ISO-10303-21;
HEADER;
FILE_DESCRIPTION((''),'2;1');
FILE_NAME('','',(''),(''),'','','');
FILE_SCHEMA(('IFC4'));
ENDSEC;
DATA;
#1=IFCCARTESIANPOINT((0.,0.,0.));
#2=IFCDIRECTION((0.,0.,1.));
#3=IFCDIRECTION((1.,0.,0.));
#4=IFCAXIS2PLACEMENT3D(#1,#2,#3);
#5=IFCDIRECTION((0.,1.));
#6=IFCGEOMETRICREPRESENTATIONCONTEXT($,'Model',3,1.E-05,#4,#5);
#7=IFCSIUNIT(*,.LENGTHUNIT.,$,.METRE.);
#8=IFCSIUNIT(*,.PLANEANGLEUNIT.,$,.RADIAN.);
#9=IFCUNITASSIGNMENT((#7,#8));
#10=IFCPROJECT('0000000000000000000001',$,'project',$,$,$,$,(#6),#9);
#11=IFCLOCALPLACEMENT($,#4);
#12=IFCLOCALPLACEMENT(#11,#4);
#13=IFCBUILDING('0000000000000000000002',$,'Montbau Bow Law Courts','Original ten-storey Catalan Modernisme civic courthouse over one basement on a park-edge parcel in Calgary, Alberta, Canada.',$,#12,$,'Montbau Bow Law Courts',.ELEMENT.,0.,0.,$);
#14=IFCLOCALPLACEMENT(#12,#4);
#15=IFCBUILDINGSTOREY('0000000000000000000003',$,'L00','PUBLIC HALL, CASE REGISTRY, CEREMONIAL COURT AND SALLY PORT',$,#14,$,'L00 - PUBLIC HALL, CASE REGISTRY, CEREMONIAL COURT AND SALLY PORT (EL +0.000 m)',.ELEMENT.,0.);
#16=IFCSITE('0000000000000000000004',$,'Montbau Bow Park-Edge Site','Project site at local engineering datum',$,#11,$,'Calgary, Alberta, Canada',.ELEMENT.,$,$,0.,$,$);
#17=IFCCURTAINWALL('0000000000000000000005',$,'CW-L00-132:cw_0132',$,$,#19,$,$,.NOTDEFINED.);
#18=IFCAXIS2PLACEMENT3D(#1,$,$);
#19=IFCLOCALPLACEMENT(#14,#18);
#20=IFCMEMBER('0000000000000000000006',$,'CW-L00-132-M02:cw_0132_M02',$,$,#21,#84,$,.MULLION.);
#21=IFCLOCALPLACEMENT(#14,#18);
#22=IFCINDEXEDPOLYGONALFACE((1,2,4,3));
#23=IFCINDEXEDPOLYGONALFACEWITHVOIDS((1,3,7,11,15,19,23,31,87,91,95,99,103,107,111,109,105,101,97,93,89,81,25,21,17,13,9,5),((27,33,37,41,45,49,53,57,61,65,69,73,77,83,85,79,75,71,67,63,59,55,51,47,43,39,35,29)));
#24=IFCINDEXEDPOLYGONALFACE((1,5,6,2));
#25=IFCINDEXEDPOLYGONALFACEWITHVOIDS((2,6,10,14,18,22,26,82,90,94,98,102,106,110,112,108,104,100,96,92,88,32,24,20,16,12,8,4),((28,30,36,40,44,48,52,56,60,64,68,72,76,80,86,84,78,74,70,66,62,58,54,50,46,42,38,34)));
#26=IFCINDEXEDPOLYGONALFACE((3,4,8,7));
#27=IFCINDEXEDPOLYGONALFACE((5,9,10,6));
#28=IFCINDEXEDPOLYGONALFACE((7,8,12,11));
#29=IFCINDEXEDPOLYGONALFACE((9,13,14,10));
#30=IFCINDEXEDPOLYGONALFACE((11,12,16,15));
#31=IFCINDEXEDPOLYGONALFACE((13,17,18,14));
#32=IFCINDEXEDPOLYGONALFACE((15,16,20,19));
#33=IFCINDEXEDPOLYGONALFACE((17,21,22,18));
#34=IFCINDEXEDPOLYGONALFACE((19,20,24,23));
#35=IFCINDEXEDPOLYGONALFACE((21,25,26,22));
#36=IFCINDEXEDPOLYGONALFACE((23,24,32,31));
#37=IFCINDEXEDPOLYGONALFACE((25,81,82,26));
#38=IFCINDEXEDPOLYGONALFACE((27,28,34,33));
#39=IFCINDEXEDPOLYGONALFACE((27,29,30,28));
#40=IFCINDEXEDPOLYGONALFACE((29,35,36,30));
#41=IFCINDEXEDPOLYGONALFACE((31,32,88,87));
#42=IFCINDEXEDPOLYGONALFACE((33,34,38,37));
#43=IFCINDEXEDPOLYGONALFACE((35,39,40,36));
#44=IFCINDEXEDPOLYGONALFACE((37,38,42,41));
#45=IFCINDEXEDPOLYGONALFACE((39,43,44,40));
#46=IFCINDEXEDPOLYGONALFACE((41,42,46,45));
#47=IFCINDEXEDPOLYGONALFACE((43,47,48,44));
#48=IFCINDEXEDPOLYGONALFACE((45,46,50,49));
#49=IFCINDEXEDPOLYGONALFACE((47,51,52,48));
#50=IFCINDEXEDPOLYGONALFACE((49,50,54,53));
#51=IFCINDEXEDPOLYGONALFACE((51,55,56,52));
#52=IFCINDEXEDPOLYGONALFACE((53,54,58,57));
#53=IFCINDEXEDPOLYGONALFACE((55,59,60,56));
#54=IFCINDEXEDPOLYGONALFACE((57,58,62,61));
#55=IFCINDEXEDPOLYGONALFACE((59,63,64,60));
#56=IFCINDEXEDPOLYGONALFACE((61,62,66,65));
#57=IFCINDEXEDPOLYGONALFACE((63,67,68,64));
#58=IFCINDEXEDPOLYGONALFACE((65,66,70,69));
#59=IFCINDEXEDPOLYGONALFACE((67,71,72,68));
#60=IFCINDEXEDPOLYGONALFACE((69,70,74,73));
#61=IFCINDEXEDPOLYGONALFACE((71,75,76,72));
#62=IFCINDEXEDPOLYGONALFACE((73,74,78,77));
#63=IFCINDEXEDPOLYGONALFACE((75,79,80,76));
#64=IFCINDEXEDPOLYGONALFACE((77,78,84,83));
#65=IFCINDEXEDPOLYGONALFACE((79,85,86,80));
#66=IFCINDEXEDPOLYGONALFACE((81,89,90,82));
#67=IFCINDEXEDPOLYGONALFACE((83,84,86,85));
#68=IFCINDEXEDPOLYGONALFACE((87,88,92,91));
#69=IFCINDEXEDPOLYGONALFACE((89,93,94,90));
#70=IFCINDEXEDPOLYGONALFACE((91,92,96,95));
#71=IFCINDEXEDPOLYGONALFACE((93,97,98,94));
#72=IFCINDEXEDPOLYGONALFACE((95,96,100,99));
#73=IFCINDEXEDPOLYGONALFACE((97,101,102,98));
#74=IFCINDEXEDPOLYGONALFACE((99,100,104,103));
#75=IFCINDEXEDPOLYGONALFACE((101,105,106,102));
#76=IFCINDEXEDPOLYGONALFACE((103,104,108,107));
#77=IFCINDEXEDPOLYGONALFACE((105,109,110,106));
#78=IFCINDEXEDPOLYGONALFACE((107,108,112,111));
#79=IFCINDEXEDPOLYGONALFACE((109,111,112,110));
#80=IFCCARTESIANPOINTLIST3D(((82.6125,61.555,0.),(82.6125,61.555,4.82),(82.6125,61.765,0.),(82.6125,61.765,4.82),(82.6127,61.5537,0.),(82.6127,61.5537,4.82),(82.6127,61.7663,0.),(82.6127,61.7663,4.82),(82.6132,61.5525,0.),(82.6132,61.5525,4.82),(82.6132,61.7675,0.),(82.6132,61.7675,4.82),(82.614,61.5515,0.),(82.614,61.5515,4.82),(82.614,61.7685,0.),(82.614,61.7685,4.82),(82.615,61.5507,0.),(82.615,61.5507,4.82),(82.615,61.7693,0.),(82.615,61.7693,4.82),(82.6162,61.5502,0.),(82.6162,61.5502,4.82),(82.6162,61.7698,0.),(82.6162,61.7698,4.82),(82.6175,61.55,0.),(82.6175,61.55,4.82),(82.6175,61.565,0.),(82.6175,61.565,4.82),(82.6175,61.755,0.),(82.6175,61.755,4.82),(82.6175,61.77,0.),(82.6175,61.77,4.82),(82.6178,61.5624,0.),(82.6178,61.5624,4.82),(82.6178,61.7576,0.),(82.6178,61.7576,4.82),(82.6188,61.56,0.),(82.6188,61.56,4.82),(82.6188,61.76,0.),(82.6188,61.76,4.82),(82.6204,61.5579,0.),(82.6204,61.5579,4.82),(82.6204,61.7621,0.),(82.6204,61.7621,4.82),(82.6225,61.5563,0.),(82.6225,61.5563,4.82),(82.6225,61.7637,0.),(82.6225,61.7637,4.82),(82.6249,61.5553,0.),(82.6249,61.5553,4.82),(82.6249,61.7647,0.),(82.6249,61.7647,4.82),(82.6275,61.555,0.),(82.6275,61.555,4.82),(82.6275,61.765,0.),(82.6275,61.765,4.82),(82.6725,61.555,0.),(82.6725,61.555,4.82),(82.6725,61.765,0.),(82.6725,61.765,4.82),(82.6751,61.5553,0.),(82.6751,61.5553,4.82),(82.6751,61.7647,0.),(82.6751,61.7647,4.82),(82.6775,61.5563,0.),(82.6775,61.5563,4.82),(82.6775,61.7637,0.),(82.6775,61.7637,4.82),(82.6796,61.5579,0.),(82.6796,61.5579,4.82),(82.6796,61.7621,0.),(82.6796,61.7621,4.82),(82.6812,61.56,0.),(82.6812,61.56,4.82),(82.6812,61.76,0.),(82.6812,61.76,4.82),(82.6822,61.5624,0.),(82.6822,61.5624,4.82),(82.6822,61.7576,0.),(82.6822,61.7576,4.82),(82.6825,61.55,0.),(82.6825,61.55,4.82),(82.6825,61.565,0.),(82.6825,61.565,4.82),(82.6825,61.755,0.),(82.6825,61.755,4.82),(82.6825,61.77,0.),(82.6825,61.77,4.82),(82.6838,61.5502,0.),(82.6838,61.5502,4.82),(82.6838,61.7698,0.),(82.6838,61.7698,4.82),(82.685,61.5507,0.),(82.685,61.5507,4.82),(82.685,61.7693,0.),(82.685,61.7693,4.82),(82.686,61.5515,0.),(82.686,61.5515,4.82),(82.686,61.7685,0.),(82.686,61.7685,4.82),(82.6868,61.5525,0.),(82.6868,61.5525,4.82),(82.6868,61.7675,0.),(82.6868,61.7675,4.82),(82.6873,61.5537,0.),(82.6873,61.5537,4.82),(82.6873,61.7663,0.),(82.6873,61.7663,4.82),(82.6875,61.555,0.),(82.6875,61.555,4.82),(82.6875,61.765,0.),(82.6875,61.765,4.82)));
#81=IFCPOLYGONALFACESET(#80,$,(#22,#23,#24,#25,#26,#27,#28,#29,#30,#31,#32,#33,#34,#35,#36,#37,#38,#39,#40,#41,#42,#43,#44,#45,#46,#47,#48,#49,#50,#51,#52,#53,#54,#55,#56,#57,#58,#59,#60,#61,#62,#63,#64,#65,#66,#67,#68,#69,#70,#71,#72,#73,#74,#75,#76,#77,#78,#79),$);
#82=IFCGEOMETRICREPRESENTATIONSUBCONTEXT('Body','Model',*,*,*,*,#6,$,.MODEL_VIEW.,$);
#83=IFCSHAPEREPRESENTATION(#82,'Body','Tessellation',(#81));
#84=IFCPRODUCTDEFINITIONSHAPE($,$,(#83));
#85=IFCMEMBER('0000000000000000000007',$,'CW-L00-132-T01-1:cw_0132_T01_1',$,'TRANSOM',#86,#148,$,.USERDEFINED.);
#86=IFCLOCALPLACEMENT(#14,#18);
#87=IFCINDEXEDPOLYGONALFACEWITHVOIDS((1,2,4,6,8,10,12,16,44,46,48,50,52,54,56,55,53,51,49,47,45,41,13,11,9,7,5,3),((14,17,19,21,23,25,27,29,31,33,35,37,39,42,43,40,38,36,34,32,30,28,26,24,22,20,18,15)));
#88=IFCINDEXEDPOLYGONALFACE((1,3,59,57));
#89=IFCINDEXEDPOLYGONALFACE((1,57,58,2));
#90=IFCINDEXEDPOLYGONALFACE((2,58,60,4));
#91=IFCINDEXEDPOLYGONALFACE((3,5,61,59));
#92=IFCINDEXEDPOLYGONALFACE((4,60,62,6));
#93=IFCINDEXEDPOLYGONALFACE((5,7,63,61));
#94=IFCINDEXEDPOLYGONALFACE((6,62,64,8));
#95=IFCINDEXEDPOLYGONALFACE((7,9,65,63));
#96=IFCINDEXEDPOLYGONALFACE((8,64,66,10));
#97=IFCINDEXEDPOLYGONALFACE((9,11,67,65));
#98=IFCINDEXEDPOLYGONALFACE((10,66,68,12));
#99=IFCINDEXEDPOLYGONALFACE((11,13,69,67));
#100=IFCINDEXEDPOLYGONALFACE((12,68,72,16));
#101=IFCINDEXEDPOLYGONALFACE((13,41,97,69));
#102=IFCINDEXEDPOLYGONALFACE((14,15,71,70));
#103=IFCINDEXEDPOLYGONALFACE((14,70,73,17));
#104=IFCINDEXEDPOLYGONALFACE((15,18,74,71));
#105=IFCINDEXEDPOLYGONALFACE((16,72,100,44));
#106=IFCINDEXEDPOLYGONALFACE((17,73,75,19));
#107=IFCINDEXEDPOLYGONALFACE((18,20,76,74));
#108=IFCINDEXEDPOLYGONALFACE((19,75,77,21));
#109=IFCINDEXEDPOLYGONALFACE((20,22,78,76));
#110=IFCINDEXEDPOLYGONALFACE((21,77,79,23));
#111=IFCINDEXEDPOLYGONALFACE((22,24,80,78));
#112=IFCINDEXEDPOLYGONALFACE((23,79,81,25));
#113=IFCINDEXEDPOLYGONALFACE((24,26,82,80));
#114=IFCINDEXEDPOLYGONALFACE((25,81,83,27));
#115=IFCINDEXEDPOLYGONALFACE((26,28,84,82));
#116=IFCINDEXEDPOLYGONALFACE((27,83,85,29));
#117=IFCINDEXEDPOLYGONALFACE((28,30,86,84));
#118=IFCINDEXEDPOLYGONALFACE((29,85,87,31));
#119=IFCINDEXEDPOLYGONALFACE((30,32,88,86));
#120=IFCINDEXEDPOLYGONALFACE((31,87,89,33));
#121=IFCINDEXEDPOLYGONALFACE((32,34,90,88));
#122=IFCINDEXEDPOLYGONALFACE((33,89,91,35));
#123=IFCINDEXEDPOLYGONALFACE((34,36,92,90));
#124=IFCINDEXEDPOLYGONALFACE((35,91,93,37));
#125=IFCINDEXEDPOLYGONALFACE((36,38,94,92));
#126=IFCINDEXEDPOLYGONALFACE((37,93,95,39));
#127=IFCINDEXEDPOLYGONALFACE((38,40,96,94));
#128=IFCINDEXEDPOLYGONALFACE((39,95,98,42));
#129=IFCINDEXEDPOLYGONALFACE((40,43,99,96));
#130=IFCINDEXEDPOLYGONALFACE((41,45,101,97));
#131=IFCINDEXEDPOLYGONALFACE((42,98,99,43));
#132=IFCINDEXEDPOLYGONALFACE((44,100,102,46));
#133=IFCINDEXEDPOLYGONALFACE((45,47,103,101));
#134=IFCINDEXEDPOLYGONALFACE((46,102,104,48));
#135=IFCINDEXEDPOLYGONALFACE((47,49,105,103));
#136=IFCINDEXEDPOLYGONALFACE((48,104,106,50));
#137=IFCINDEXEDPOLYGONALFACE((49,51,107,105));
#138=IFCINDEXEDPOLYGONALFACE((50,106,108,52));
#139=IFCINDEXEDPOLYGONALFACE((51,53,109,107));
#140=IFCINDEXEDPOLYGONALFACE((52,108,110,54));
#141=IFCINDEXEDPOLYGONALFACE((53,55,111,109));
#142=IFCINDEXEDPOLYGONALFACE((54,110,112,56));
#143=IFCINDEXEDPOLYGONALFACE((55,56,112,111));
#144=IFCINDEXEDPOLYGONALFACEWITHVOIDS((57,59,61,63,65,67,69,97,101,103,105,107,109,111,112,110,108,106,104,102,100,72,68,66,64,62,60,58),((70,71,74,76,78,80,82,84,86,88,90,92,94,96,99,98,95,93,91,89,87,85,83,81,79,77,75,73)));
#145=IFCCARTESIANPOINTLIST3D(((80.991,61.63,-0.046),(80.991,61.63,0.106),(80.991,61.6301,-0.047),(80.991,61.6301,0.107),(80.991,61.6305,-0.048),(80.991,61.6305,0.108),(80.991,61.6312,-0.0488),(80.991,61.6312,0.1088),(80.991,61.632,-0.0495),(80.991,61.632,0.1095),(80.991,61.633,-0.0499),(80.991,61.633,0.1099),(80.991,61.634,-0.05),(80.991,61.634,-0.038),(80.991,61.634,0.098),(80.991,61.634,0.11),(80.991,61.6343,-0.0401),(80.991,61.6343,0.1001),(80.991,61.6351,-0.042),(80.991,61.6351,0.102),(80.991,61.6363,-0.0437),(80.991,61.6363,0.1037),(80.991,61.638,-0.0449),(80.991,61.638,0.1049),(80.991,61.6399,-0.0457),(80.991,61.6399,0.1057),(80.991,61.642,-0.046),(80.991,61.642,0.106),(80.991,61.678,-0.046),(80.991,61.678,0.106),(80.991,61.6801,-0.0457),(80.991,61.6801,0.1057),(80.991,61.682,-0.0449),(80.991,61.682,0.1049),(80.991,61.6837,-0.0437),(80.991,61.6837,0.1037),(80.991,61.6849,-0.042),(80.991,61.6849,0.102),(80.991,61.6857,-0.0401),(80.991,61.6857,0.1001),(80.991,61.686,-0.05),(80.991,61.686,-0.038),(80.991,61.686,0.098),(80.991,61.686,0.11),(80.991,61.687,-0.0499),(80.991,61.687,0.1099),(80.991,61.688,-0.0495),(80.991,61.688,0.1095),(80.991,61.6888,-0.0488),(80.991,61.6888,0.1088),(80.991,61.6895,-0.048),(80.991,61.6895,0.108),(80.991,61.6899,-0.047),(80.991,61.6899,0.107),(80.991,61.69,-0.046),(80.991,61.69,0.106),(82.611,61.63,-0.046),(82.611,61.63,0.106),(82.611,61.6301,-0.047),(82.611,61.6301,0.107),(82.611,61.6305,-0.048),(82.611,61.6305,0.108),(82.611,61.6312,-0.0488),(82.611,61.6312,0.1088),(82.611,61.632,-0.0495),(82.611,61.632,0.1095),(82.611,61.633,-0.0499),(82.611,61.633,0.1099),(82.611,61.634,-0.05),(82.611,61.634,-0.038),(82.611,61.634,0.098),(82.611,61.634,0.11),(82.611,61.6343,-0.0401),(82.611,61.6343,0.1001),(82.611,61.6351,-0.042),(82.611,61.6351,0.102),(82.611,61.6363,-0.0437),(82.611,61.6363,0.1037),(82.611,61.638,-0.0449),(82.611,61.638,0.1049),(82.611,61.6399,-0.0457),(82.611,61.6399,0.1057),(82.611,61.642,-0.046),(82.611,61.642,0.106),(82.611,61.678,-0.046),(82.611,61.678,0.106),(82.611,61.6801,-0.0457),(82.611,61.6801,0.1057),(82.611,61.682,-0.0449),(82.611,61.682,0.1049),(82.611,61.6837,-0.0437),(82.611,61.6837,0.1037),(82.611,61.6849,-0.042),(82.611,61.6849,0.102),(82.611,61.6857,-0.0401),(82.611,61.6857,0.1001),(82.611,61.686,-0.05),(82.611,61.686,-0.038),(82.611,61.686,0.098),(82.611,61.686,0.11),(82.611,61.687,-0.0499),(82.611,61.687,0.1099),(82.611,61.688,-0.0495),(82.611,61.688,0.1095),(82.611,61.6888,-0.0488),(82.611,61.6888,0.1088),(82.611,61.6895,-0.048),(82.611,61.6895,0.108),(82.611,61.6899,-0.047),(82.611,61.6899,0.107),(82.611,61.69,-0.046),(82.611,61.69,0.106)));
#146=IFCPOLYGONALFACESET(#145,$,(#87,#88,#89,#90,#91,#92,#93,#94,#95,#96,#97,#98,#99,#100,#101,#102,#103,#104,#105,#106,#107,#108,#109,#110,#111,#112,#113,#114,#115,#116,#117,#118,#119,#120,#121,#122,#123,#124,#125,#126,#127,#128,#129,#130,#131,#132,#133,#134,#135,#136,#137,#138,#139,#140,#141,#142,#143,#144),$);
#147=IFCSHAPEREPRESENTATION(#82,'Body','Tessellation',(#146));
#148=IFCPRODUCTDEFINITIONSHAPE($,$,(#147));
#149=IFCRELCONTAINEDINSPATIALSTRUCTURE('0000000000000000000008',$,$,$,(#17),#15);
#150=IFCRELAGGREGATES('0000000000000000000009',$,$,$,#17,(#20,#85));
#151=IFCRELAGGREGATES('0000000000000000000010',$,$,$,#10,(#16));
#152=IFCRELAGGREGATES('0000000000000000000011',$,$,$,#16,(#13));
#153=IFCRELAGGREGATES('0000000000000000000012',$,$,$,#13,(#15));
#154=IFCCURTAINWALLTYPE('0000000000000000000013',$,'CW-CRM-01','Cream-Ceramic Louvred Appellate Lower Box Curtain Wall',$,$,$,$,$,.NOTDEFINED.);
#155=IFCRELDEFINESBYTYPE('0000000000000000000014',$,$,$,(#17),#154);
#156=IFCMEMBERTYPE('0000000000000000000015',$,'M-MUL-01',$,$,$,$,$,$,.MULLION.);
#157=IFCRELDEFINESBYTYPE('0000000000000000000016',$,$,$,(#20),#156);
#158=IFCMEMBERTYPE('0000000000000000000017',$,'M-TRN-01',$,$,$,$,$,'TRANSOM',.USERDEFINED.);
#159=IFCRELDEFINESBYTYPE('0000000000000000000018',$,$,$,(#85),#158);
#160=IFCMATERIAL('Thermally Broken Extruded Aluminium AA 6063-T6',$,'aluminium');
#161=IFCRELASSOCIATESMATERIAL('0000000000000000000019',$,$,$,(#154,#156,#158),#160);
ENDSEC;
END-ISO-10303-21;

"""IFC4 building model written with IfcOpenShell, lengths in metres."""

from ifc_helpers import new_model, si_unit, direction, frame, origin_with_axes, origin_2d_with_axis, place, context, subcontext, project, spatial, hollow_rectangle, extrude, material, material_profile, profile_set, type_object, element, aggregate, save


model = new_model("IFC4")

# Units and contexts
model_context = context("Model", 3, precision=1e-05, world=origin_with_axes(), true_north=direction((0.0, 1.0)))
body_context = subcontext(model_context, "Body", "Model", "MODEL_VIEW")
ifc_project = project(units=[si_unit("LENGTHUNIT", "METRE"), si_unit("PLANEANGLEUNIT", "RADIAN")], contexts=[model_context])

# Site, building, storey
site_placement = place(None, origin_with_axes())
site = spatial("IfcSite", under=ifc_project, at=site_placement, Name="Montbau Bow Park-Edge Site", Description="Project site at local engineering datum", LongName="Calgary, Alberta, Canada", CompositionType="ELEMENT", RefElevation=0.0)
building_placement = place(site_placement, origin_with_axes())
building = spatial("IfcBuilding", under=site, at=building_placement, Name="Montbau Bow Law Courts", Description="Original ten-storey Catalan Modernisme civic courthouse over one basement on a park-edge parcel in Calgary, Alberta, Canada.", LongName="Montbau Bow Law Courts", CompositionType="ELEMENT", ElevationOfRefHeight=0.0, ElevationOfTerrain=0.0)
storey_placement = place(building_placement, origin_with_axes())
storey = spatial("IfcBuildingStorey", under=building, at=storey_placement, Name="L00", Description="PUBLIC HALL, CASE REGISTRY, CEREMONIAL COURT AND SALLY PORT", LongName="L00 - PUBLIC HALL, CASE REGISTRY, CEREMONIAL COURT AND SALLY PORT (EL +0.000 m)", CompositionType="ELEMENT", Elevation=0.0)

# Curtain wall, members
ifc_material_1 = material(Name="Thermally Broken Extruded Aluminium AA 6063-T6", Category="aluminium")
curtain_wall_type = type_object("IfcCurtainWallType", Name="CW-CRM-01", Description="Cream-Ceramic Louvred Appellate Lower Box Curtain Wall", PredefinedType="NOTDEFINED", material=ifc_material_1)
curtain_wall_placement = place(None, frame((80.915, 61.66, 0.0), z_axis=(0.0, 0.0, 1.0), x_axis=(1.0, 0.0, 0.0)))
curtain_wall = element("IfcCurtainWall", 1, at=curtain_wall_placement, inside=storey, type_object=curtain_wall_type, Name="CW-L00-132:cw_0132", PredefinedType="NOTDEFINED")
ifc_material_profile_1 = material_profile(ifc_material_1, hollow_rectangle(XDim=0.075, YDim=0.22, WallThickness=0.005, InnerFilletRadius=0.01, OuterFilletRadius=0.005, at=origin_2d_with_axis()), Name="CWM-220X75", Category="Main", Priority=0)
ifc_profile_set_1 = profile_set([ifc_material_profile_1], Name="Thermally Broken Extruded Aluminium AA 6063-T6")
member_type_1 = type_object("IfcMemberType", Name="M-MUL-01", PredefinedType="MULLION", material=ifc_profile_set_1)
member_1_placement = place(None, frame((82.65, 61.66, 0.0), z_axis=(0.0, 0.0, 1.0), x_axis=(1.0, 0.0, 0.0)))
member_1 = element("IfcMember", 2, at=member_1_placement, type_object=member_type_1, Name="CW-L00-132-M02:cw_0132_M02", PredefinedType="MULLION", context=body_context, shape_type="SweptSolid", body=[
    extrude(hollow_rectangle(XDim=0.075, YDim=0.22, WallThickness=0.005, InnerFilletRadius=0.01, OuterFilletRadius=0.005, at=origin_2d_with_axis()), origin_with_axes(), (0.0, 0.0, 1.0), 4.82),
])
ifc_material_profile_2 = material_profile(ifc_material_1, hollow_rectangle(XDim=0.06, YDim=0.16, WallThickness=0.004, InnerFilletRadius=0.008, OuterFilletRadius=0.004, at=origin_2d_with_axis()), Name="CWT-160X60", Category="Main", Priority=0)
ifc_profile_set_2 = profile_set([ifc_material_profile_2], Name="Thermally Broken Extruded Aluminium AA 6063-T6")
member_type_2 = type_object("IfcMemberType", Name="M-TRN-01", ElementType="TRANSOM", PredefinedType="USERDEFINED", material=ifc_profile_set_2)
member_2_placement = place(None, frame((80.991, 61.66, 0.03), z_axis=(1.0, 0.0, 0.0), x_axis=(0.0, 1.0, 0.0)))
member_2 = element("IfcMember", 3, at=member_2_placement, type_object=member_type_2, Name="CW-L00-132-T01-1:cw_0132_T01_1", ObjectType="TRANSOM", PredefinedType="USERDEFINED", context=body_context, shape_type="SweptSolid", body=[
    extrude(hollow_rectangle(XDim=0.06, YDim=0.16, WallThickness=0.004, InnerFilletRadius=0.008, OuterFilletRadius=0.004, at=origin_2d_with_axis()), origin_with_axes(), (0.0, 0.0, 1.0), 1.62),
])

aggregate(curtain_wall, [member_1, member_2])

save(model, "model.ifc")
